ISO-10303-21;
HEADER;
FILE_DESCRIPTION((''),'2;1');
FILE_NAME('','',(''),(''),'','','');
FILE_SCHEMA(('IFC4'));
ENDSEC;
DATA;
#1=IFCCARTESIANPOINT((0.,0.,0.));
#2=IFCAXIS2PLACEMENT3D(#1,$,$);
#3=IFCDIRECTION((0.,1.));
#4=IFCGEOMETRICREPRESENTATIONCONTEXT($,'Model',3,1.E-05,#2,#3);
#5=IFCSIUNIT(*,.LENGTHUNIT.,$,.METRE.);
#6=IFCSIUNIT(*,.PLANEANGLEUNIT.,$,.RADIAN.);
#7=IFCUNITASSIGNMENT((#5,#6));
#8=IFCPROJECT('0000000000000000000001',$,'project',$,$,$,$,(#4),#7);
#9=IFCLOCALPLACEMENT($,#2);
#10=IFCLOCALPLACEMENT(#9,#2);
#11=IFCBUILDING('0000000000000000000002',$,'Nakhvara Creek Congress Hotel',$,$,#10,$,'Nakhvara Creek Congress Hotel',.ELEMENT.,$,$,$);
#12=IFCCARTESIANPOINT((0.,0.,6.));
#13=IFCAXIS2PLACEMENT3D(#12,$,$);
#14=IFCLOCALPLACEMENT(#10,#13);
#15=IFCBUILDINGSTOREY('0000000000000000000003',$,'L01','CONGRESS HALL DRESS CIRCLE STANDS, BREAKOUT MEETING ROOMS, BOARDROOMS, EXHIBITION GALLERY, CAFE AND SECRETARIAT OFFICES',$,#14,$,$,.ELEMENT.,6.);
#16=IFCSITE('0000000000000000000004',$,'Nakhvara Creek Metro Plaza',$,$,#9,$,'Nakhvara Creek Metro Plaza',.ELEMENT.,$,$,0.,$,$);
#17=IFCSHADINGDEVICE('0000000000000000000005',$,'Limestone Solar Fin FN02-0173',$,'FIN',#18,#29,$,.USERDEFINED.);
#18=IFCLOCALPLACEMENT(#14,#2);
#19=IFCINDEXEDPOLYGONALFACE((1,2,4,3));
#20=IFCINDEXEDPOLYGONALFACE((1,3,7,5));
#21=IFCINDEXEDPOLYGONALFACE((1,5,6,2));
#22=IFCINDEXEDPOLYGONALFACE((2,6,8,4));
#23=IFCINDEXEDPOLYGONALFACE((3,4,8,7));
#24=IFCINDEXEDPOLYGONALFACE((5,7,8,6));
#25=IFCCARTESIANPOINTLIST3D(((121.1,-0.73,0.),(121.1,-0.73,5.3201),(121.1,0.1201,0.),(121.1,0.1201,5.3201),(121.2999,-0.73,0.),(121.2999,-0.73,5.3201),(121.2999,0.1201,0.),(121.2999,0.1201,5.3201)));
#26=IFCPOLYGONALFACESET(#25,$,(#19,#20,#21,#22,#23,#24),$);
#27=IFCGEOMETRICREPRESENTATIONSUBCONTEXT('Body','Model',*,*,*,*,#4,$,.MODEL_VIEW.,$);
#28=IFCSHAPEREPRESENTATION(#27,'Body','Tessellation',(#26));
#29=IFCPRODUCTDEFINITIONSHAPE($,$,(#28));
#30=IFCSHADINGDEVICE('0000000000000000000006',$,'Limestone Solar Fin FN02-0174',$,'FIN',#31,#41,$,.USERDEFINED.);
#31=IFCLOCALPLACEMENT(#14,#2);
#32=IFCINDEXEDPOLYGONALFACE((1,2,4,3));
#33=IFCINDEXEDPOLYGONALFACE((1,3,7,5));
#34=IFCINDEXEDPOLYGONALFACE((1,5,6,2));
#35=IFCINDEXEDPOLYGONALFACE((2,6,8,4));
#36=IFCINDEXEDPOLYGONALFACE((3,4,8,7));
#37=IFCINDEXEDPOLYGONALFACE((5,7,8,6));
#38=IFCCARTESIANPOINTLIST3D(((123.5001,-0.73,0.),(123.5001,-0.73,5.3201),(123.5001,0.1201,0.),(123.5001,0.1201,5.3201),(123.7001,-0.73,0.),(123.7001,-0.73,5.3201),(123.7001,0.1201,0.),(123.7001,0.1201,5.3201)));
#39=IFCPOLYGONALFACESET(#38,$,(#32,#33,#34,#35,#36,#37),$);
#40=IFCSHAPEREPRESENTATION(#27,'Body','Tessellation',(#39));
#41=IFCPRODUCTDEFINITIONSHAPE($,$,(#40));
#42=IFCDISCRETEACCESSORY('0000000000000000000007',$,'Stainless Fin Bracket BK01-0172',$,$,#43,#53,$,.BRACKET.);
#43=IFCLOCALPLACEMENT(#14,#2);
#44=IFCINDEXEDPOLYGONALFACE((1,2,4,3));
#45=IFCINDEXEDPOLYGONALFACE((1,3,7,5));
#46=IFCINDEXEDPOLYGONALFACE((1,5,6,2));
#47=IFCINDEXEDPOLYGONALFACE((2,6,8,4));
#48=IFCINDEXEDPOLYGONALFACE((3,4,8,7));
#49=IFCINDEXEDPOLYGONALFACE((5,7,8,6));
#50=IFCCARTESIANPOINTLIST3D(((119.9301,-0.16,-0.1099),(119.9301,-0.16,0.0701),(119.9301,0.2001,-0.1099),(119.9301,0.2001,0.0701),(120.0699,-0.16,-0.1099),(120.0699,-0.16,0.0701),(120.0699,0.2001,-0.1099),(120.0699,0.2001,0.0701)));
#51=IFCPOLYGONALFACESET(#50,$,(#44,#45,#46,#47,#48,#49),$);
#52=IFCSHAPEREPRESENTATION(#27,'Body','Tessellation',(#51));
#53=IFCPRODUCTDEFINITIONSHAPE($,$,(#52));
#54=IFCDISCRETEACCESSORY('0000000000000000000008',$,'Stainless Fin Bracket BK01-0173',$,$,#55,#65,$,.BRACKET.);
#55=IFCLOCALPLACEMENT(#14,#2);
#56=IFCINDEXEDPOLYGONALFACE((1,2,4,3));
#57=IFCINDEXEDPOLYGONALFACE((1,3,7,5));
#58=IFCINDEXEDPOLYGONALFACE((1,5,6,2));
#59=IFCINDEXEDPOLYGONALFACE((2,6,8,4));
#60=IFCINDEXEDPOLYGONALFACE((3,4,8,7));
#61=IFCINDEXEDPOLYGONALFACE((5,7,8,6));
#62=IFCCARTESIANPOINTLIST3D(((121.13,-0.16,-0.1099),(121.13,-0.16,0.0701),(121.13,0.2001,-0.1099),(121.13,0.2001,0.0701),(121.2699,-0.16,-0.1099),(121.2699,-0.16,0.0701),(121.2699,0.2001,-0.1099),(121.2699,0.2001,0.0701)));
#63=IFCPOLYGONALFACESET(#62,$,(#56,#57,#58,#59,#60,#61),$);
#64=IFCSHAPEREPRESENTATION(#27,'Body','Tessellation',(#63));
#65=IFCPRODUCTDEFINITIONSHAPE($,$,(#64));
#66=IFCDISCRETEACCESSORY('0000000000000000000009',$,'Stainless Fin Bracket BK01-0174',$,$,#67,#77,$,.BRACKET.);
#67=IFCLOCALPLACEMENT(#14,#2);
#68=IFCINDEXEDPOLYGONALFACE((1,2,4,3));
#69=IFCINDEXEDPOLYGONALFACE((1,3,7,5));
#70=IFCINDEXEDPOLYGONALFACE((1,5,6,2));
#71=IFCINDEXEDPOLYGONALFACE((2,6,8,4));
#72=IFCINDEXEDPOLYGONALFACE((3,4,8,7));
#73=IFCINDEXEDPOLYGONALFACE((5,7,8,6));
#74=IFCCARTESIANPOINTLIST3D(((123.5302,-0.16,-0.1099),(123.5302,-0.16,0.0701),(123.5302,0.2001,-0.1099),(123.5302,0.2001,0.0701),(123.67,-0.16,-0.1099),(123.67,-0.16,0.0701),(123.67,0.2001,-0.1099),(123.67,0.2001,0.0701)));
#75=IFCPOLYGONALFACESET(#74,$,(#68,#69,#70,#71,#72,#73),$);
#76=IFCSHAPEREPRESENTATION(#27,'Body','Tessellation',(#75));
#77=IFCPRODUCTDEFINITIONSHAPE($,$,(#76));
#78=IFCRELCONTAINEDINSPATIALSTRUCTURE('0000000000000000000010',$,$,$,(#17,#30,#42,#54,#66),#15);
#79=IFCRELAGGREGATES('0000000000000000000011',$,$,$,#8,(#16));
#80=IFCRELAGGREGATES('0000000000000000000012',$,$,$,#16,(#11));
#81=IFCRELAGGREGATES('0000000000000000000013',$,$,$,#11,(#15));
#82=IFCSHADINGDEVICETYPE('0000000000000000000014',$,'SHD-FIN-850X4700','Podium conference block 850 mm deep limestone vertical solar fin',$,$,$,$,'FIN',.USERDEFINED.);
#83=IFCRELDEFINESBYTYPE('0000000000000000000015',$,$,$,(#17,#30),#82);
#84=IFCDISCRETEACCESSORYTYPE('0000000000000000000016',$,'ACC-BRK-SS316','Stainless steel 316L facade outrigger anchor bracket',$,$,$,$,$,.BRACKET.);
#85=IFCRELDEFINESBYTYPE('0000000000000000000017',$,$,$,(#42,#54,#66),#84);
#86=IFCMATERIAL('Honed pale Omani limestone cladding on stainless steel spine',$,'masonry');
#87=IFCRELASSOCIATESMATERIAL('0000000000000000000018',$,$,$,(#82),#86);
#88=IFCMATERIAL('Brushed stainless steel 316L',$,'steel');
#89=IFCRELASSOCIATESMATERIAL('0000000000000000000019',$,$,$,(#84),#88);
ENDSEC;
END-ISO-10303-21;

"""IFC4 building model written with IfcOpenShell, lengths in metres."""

from ifc_helpers import new_model, si_unit, direction, frame, origin, origin_2d, place, context, subcontext, project, spatial, rectangle, extrude, material, type_object, element, save


model = new_model("IFC4")

# Units and contexts
model_context = context("Model", 3, precision=1e-05, world=origin(), true_north=direction((0.0, 1.0)))
body_context = subcontext(model_context, "Body", "Model", "MODEL_VIEW")
ifc_project = project(units=[si_unit("LENGTHUNIT", "METRE"), si_unit("PLANEANGLEUNIT", "RADIAN")], contexts=[model_context])

# Site, building, storey
site_placement = place(None, origin())
site = spatial("IfcSite", under=ifc_project, at=site_placement, Name="Nakhvara Creek Metro Plaza", LongName="Nakhvara Creek Metro Plaza", CompositionType="ELEMENT", RefElevation=0.0)
building_placement = place(site_placement, origin())
building = spatial("IfcBuilding", under=site, at=building_placement, Name="Nakhvara Creek Congress Hotel", LongName="Nakhvara Creek Congress Hotel", CompositionType="ELEMENT")
storey_placement = place(building_placement, frame((0.0, 0.0, 6.0)))
storey = spatial("IfcBuildingStorey", under=building, at=storey_placement, Name="L01", Description="CONGRESS HALL DRESS CIRCLE STANDS, BREAKOUT MEETING ROOMS, BOARDROOMS, EXHIBITION GALLERY, CAFE AND SECRETARIAT OFFICES", CompositionType="ELEMENT", Elevation=6.0)

# Shared definitions
ifc_material_1 = material(Name="Brushed stainless steel 316L", Category="steel")

# Shading devices
ifc_material_2 = material(Name="Honed pale Omani limestone cladding on stainless steel spine", Category="masonry")
shading_device_type = type_object("IfcShadingDeviceType", Name="SHD-FIN-850X4700", Description="Podium conference block 850 mm deep limestone vertical solar fin", ElementType="FIN", PredefinedType="USERDEFINED", material=ifc_material_2)
for number, where, z_axis, x_axis, name in (
    (1, (121.2, -0.3049, 0.0), (0.0, 0.0, 1.0), (1.0, 0.0, 0.0), "Limestone Solar Fin FN02-0173"),
    (2, (123.6001, -0.3049, 0.0), (0.0, 0.0, 1.0), (1.0, 0.0, 0.0), "Limestone Solar Fin FN02-0174"),
):
    element("IfcShadingDevice", number, at=place(storey_placement, frame(where, z_axis=z_axis, x_axis=x_axis)), inside=storey, type_object=shading_device_type, Name=name, ObjectType="FIN", PredefinedType="USERDEFINED", context=body_context, shape_type="SweptSolid", body=[
        extrude(rectangle(XDim=0.2, YDim=0.8501, at=origin_2d()), origin(), (0.0, 0.0, 1.0), 5.3201),
    ])

# Discrete accessories
discrete_accessory_type = type_object("IfcDiscreteAccessoryType", Name="ACC-BRK-SS316", Description="Stainless steel 316L facade outrigger anchor bracket", PredefinedType="BRACKET", material=ifc_material_1)
for number, where, z_axis, x_axis, name in (
    (3, (120.0, 0.02, -0.1099), (0.0, 0.0, 1.0), (1.0, 0.0, 0.0), "Stainless Fin Bracket BK01-0172"),
    (4, (121.2, 0.02, -0.1099), (0.0, 0.0, 1.0), (1.0, 0.0, 0.0), "Stainless Fin Bracket BK01-0173"),
    (5, (123.6001, 0.02, -0.1099), (0.0, 0.0, 1.0), (1.0, 0.0, 0.0), "Stainless Fin Bracket BK01-0174"),
):
    element("IfcDiscreteAccessory", number, at=place(storey_placement, frame(where, z_axis=z_axis, x_axis=x_axis)), inside=storey, type_object=discrete_accessory_type, Name=name, PredefinedType="BRACKET", context=body_context, shape_type="SweptSolid", body=[
        extrude(rectangle(XDim=0.1399, YDim=0.3601, at=origin_2d()), origin(), (0.0, 0.0, 1.0), 0.1799),
    ])

save(model, "model.ifc")
